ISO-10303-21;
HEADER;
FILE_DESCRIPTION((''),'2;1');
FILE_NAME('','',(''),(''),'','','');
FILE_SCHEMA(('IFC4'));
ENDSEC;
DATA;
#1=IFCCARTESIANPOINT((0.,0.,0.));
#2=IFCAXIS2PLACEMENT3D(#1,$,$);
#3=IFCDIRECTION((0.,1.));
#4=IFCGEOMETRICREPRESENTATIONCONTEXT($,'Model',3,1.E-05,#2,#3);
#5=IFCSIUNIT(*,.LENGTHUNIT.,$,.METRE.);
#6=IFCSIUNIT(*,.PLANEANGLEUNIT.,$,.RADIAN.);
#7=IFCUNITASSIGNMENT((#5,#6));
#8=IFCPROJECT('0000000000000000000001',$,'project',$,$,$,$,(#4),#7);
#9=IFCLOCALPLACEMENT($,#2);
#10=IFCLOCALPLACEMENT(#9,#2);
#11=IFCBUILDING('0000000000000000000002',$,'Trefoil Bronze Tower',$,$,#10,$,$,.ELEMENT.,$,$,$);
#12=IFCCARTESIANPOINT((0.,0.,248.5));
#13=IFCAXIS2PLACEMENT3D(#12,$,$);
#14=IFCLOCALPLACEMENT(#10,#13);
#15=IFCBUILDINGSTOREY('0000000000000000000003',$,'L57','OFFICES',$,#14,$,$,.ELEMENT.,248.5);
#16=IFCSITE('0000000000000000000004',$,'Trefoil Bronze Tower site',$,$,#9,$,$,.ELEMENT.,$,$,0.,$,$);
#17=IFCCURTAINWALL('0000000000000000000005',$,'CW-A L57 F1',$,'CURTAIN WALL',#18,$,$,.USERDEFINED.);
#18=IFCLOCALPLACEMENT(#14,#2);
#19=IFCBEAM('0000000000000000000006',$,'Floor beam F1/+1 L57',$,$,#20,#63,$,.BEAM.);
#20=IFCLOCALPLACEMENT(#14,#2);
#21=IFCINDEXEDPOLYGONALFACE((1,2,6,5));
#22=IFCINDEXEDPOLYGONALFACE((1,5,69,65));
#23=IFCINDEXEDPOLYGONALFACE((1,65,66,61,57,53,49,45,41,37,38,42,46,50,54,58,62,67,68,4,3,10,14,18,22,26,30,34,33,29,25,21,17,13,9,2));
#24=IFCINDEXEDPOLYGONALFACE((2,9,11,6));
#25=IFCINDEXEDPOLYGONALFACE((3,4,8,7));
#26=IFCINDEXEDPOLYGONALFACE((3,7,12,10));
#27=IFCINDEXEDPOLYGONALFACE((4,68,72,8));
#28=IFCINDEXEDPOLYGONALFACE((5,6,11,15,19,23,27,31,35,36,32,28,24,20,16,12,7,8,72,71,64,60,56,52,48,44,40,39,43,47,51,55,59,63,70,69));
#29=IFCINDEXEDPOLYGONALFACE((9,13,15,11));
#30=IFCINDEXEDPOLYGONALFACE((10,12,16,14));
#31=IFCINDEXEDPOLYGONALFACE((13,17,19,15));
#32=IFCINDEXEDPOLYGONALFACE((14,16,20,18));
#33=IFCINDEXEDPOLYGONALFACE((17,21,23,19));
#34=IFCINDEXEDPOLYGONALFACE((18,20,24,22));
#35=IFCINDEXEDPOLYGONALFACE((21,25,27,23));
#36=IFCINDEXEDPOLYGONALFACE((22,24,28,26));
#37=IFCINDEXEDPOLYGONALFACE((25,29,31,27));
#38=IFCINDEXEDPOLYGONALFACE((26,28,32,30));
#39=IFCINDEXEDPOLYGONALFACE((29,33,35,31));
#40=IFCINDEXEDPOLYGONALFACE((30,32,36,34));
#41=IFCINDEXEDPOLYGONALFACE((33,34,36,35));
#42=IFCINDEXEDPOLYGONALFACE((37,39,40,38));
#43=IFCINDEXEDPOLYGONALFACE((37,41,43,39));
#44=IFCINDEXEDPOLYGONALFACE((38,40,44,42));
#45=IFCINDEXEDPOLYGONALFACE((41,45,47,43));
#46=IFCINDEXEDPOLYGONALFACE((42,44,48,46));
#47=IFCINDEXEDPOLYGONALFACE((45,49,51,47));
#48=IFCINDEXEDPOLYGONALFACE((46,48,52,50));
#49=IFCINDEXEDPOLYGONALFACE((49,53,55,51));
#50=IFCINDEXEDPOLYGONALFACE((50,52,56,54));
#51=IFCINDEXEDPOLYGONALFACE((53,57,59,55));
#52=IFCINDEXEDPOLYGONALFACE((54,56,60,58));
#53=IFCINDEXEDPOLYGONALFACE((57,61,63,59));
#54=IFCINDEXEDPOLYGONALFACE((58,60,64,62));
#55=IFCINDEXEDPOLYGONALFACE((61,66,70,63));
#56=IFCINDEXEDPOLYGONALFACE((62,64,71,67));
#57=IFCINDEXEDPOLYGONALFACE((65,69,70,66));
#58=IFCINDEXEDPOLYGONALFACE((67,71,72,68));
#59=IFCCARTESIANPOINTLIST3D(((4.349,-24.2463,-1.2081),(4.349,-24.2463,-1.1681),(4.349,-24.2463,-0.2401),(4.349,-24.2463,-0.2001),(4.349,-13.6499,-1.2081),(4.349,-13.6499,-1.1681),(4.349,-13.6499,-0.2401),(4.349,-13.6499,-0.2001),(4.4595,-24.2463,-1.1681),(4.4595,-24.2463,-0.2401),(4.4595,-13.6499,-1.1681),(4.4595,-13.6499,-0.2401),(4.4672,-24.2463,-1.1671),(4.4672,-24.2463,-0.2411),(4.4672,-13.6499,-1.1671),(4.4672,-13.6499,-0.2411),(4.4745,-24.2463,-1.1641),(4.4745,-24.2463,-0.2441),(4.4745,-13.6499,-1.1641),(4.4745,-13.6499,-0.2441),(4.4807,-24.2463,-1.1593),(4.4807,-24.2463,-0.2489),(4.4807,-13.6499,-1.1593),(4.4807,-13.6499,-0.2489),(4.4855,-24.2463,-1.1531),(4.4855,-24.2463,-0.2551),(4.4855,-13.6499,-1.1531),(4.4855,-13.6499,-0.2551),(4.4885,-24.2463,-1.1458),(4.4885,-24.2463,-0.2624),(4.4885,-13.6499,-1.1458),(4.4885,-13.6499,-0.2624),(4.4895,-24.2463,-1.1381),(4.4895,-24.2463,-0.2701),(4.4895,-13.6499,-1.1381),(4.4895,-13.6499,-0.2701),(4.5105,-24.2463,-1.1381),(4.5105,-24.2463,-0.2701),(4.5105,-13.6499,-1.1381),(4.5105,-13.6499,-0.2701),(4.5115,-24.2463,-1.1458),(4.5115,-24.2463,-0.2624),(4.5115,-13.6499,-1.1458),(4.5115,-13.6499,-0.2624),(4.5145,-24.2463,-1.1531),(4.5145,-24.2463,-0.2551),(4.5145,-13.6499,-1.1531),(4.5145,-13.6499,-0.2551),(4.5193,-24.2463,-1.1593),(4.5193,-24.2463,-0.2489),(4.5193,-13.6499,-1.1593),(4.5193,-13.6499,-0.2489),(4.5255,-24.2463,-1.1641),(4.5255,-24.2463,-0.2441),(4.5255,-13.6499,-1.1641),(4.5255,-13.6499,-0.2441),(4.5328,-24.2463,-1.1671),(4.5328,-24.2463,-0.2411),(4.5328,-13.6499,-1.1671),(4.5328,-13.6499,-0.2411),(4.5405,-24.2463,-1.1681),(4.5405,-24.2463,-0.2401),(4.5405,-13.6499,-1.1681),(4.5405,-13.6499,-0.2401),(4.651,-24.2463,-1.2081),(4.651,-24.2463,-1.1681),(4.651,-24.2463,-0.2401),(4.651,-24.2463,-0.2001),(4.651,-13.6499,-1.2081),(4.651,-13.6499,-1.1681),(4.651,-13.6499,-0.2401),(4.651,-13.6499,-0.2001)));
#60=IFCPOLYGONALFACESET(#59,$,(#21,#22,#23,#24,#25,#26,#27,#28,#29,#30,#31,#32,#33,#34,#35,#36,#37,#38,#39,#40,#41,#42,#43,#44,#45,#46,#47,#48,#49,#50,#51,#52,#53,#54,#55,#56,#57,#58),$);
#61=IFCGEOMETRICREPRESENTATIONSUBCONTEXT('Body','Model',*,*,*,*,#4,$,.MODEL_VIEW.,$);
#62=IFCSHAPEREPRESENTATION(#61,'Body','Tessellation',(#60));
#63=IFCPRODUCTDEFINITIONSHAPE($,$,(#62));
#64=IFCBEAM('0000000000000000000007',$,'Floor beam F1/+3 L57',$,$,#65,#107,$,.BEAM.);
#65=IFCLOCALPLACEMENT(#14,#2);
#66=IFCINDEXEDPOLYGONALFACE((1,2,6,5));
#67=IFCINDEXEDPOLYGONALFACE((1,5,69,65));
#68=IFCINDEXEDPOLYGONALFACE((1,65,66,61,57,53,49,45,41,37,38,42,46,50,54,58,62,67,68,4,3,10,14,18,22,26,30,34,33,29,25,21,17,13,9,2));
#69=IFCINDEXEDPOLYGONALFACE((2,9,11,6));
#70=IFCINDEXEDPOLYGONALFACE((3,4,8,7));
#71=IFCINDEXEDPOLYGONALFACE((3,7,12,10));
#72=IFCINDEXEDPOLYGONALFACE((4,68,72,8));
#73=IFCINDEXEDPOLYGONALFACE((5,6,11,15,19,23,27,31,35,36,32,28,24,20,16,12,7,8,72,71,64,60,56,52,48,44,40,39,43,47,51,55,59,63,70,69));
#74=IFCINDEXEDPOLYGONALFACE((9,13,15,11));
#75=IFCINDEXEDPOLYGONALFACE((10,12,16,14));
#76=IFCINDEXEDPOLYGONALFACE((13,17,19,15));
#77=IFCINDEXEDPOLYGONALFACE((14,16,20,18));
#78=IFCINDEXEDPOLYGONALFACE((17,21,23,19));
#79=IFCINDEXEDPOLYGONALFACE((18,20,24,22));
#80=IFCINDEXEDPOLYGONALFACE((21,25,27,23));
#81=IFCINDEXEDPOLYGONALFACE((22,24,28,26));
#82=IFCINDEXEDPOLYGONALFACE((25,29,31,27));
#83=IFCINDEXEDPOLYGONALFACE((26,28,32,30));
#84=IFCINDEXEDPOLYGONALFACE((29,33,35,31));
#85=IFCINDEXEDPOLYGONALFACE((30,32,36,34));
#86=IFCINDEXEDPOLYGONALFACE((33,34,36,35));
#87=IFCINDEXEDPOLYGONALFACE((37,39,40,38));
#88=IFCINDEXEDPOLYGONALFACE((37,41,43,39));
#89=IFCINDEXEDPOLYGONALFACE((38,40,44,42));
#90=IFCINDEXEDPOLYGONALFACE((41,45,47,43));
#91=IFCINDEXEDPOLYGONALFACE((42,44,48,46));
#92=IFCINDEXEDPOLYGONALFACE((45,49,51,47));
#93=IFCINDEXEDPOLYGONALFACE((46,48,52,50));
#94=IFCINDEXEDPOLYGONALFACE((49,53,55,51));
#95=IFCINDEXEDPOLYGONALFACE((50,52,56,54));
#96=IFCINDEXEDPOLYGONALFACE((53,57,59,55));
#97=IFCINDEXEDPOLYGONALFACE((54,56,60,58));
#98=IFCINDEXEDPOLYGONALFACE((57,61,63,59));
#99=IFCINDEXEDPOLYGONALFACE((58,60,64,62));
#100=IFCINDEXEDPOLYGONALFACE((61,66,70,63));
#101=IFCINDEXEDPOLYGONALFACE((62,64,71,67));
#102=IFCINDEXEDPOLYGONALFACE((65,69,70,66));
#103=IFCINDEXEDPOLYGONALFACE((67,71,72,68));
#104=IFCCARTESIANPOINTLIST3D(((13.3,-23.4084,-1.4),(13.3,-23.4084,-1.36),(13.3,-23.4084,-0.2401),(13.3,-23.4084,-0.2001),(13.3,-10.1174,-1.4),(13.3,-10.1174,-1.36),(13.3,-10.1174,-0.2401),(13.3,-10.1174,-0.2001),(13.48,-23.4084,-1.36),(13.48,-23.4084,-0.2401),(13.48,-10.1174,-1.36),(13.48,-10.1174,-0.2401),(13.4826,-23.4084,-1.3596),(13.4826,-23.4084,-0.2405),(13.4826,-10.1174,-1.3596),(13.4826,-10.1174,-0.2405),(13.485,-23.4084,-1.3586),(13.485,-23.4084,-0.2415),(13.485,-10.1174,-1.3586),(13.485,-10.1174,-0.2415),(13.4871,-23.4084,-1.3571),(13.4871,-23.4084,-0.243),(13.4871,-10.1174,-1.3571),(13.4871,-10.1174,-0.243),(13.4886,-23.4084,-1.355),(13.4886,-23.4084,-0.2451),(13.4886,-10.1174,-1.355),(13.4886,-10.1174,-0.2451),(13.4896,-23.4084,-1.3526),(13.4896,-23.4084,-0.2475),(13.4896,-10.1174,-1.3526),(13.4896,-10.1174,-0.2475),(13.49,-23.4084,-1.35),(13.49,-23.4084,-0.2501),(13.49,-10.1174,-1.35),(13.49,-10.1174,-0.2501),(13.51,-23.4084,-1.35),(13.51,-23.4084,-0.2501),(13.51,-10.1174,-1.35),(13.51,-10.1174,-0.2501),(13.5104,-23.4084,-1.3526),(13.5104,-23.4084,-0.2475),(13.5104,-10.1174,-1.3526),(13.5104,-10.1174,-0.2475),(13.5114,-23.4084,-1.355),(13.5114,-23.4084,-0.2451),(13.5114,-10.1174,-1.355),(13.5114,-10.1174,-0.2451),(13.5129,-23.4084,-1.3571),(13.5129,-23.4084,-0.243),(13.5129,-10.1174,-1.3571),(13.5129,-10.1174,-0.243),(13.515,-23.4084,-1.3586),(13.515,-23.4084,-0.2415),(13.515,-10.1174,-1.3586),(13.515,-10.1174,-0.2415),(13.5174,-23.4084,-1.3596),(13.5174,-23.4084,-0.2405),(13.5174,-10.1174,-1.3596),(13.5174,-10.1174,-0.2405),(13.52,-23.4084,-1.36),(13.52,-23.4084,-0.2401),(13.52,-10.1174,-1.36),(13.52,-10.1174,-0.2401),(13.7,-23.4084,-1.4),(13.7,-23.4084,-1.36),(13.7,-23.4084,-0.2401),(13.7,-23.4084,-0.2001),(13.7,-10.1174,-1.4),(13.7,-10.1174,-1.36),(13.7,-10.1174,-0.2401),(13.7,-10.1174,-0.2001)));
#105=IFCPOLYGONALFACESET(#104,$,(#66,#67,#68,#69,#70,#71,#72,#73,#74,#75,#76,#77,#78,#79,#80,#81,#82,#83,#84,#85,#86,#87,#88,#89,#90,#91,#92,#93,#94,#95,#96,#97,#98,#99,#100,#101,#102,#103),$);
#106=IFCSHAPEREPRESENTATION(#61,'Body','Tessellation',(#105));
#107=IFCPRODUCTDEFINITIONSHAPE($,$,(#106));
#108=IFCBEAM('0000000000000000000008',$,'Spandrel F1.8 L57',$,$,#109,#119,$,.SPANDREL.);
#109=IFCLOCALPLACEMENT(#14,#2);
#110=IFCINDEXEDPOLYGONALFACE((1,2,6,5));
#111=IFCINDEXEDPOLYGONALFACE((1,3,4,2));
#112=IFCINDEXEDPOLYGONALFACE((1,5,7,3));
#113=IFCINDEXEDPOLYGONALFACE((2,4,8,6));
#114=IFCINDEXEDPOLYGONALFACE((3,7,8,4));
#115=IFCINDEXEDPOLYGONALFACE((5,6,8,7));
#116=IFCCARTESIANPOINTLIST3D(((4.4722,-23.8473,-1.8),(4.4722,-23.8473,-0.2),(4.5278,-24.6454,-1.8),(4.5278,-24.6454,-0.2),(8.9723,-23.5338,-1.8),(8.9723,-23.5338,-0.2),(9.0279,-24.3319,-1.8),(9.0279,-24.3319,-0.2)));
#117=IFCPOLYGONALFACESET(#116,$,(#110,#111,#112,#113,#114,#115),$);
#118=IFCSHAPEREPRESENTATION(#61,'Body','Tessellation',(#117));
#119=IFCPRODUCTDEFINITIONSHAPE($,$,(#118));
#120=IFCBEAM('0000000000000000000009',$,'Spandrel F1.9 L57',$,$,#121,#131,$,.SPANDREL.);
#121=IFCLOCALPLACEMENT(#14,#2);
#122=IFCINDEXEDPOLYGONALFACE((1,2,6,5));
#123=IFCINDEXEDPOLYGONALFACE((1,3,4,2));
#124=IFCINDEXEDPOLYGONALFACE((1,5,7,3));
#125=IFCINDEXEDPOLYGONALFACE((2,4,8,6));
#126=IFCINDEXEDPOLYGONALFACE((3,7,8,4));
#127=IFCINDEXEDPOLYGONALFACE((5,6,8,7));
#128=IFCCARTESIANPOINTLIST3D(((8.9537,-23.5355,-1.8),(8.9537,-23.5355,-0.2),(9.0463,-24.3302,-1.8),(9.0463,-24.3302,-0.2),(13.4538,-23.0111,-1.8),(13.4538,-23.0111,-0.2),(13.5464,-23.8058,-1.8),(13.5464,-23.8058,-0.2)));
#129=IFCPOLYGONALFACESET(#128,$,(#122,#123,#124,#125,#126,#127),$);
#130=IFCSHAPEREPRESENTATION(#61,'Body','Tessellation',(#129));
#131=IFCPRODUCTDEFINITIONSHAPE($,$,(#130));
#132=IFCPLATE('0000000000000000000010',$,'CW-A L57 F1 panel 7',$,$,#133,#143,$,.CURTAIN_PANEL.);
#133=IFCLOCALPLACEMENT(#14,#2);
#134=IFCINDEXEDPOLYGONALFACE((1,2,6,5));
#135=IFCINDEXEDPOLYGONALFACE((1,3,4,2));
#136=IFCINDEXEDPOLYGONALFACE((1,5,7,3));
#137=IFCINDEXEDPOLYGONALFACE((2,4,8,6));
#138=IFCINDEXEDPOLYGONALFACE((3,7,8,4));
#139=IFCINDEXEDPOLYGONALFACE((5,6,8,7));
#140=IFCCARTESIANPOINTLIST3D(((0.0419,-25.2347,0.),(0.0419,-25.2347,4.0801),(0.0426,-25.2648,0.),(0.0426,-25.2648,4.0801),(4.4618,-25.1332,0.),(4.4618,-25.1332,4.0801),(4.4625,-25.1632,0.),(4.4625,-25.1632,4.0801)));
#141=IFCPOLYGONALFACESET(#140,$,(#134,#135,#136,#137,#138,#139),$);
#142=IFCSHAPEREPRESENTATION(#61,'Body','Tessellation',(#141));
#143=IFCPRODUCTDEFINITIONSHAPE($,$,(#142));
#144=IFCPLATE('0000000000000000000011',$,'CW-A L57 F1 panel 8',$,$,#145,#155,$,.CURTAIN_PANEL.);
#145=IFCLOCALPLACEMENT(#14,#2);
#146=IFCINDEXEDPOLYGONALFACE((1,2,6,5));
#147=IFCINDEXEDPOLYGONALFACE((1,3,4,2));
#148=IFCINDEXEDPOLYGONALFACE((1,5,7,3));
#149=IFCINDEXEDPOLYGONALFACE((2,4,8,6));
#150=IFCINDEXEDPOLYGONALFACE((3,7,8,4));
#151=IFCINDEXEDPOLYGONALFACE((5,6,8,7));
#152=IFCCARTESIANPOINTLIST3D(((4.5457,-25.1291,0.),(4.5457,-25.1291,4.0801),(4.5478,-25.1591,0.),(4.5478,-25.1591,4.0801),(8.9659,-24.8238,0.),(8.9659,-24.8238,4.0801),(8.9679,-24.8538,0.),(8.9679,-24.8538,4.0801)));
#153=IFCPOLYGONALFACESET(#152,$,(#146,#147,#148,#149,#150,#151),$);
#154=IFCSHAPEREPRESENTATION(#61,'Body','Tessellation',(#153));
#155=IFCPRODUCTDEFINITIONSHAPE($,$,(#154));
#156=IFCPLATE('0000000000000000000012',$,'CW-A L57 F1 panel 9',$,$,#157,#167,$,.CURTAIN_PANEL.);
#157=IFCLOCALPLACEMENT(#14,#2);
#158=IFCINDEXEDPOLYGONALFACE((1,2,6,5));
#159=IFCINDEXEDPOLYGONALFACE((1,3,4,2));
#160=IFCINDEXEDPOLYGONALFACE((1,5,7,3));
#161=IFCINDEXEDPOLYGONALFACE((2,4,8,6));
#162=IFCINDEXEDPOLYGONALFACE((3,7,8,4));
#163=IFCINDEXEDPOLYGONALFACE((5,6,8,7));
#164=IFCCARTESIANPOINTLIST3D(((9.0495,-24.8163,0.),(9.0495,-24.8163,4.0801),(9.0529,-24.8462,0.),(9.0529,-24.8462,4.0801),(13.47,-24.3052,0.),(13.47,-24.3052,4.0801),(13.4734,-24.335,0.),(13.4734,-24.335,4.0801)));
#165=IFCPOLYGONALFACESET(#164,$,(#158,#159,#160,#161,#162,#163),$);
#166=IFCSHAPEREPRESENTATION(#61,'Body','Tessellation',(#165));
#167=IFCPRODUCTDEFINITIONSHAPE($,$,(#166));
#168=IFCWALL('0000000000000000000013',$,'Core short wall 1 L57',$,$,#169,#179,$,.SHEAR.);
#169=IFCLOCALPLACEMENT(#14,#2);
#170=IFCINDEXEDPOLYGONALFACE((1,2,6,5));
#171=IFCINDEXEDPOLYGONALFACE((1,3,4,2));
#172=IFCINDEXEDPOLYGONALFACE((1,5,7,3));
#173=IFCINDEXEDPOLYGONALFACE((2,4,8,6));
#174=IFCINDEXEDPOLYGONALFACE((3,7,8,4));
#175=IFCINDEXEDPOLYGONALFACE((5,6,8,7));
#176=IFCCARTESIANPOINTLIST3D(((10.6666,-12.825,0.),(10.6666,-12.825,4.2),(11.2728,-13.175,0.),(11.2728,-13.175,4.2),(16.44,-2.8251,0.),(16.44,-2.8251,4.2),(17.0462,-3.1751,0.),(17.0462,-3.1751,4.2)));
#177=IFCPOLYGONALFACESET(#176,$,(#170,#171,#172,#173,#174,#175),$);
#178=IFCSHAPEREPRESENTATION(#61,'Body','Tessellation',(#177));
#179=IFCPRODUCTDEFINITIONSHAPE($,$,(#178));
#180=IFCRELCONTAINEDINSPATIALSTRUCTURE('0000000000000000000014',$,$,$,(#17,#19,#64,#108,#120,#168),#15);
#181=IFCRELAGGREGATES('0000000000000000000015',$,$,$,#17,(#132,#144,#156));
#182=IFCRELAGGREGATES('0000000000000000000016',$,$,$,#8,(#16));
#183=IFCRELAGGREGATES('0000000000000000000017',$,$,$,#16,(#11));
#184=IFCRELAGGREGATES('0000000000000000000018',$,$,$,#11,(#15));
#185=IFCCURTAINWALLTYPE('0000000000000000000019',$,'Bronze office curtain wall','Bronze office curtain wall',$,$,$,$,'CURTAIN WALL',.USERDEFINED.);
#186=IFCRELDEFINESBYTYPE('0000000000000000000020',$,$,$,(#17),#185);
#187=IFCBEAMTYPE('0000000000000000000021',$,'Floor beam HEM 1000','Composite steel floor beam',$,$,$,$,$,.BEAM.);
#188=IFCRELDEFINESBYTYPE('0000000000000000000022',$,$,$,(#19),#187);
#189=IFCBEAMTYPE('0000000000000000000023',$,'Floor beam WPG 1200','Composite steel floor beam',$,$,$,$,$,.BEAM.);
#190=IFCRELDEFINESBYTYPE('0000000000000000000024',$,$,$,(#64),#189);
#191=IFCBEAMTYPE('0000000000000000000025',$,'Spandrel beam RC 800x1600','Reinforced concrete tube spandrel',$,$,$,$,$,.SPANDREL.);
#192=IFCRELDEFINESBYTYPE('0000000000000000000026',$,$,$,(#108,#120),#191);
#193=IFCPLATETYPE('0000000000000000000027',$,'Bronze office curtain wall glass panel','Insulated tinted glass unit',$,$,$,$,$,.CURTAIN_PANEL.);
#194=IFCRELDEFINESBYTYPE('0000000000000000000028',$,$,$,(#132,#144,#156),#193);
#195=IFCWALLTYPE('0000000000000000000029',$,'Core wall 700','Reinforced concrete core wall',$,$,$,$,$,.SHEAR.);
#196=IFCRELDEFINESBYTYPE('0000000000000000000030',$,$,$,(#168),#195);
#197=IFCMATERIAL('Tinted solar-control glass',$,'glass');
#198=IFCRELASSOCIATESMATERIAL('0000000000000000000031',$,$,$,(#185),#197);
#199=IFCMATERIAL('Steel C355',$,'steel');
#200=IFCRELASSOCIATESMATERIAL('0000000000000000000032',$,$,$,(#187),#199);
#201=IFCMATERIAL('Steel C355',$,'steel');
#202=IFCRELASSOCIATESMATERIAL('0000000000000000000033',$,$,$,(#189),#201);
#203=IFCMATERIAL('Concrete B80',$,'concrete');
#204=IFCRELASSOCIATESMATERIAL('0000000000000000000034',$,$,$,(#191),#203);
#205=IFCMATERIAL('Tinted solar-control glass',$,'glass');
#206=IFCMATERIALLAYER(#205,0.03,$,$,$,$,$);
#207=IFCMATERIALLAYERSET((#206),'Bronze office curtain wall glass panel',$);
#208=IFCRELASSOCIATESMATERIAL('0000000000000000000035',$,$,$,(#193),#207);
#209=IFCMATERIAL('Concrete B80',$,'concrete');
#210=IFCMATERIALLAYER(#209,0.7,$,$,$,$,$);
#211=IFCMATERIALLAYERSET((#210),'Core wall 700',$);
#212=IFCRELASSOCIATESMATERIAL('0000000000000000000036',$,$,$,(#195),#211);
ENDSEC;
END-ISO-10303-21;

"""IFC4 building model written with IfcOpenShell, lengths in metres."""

from ifc_helpers import new_model, si_unit, direction, frame, frame_2d, origin, origin_2d, place, context, subcontext, project, spatial, rectangle, i_section, extrude, material, layer, layer_set, material_profile, profile_set, type_object, element, aggregate, save


model = new_model("IFC4")

# Units and contexts
model_context = context("Model", 3, precision=1e-05, world=origin(), true_north=direction((0.0, 1.0)))
body_context = subcontext(model_context, "Body", "Model", "MODEL_VIEW")
ifc_project = project(units=[si_unit("LENGTHUNIT", "METRE"), si_unit("PLANEANGLEUNIT", "RADIAN")], contexts=[model_context])

# Site, building, storey
site_placement = place(None, origin())
site = spatial("IfcSite", under=ifc_project, at=site_placement, Name="Trefoil Bronze Tower site", CompositionType="ELEMENT", RefElevation=0.0)
building_placement = place(site_placement, origin())
building = spatial("IfcBuilding", under=site, at=building_placement, Name="Trefoil Bronze Tower", CompositionType="ELEMENT")
storey_placement = place(building_placement, frame((0.0, 0.0, 248.5)))
storey = spatial("IfcBuildingStorey", under=building, at=storey_placement, Name="L57", Description="OFFICES", CompositionType="ELEMENT", Elevation=248.5)

# Curtain wall
ifc_material_1 = material(Name="Tinted solar-control glass", Category="glass")
curtain_wall_type = type_object("IfcCurtainWallType", Name="Bronze office curtain wall", Description="Bronze office curtain wall", ElementType="CURTAIN WALL", PredefinedType="USERDEFINED", material=ifc_material_1)
curtain_wall_placement = place(storey_placement, origin())
curtain_wall = element("IfcCurtainWall", 1, at=curtain_wall_placement, inside=storey, type_object=curtain_wall_type, Name="CW-A L57 F1", ObjectType="CURTAIN WALL", PredefinedType="USERDEFINED")

# Beams
ifc_material_2 = material(Name="Steel C355", Category="steel")
ifc_material_profile_1 = material_profile(ifc_material_2, i_section(OverallWidth=0.302, OverallDepth=1.0081, WebThickness=0.021, FlangeThickness=0.04, FilletRadius=0.03, at=origin_2d()), Name="HEM 1000")
ifc_profile_set_1 = profile_set([ifc_material_profile_1], Name="Steel C355")
beam_type_1 = type_object("IfcBeamType", Name="Floor beam HEM 1000", Description="Composite steel floor beam", PredefinedType="BEAM", material=ifc_profile_set_1)
beam_1_placement = place(storey_placement, frame((4.5, -24.2463, -0.7041), z_axis=(0.0, 1.0, 0.0), x_axis=(-1.0, 0.0, 0.0)))
element("IfcBeam", 2, at=beam_1_placement, inside=storey, type_object=beam_type_1, Name="Floor beam F1/+1 L57", PredefinedType="BEAM", context=body_context, shape_type="SweptSolid", body=[
    extrude(i_section(OverallWidth=0.302, OverallDepth=1.0081, WebThickness=0.021, FlangeThickness=0.04, FilletRadius=0.03, at=origin_2d()), origin(), (0.0, 0.0, 1.0), 10.5964),
])
ifc_material_3 = material(Name="Steel C355", Category="steel")
ifc_material_profile_2 = material_profile(ifc_material_3, i_section(OverallWidth=0.3999, OverallDepth=1.2, WebThickness=0.02, FlangeThickness=0.04, FilletRadius=0.01, at=origin_2d()), Name="WPG 1200")
ifc_profile_set_2 = profile_set([ifc_material_profile_2], Name="Steel C355")
beam_type_2 = type_object("IfcBeamType", Name="Floor beam WPG 1200", Description="Composite steel floor beam", PredefinedType="BEAM", material=ifc_profile_set_2)
beam_2_placement = place(storey_placement, frame((13.5, -23.4084, -0.8), z_axis=(0.0, 1.0, 0.0), x_axis=(-1.0, 0.0, 0.0)))
element("IfcBeam", 3, at=beam_2_placement, inside=storey, type_object=beam_type_2, Name="Floor beam F1/+3 L57", PredefinedType="BEAM", context=body_context, shape_type="SweptSolid", body=[
    extrude(i_section(OverallWidth=0.3999, OverallDepth=1.2, WebThickness=0.02, FlangeThickness=0.04, FilletRadius=0.01, at=origin_2d()), origin(), (0.0, 0.0, 1.0), 13.291),
])
ifc_material_4 = material(Name="Concrete B80", Category="concrete")
ifc_material_profile_3 = material_profile(ifc_material_4, rectangle(XDim=0.8, YDim=1.6001, at=origin_2d()), Name="RC 800x1600")
ifc_profile_set_3 = profile_set([ifc_material_profile_3], Name="Concrete B80")
beam_type_3 = type_object("IfcBeamType", Name="Spandrel beam RC 800x1600", Description="Reinforced concrete tube spandrel", PredefinedType="SPANDREL", material=ifc_profile_set_3)
beam_3_placement = place(storey_placement, frame((4.5, -24.2463, -1.0), z_axis=(0.997582, 0.069493, 0.0), x_axis=(-0.069493, 0.997582, 0.0)))
element("IfcBeam", 4, at=beam_3_placement, inside=storey, type_object=beam_type_3, Name="Spandrel F1.8 L57", PredefinedType="SPANDREL", context=body_context, shape_type="SweptSolid", body=[
    extrude(rectangle(XDim=0.8, YDim=1.6001, at=origin_2d()), origin(), (0.0, 0.0, 1.0), 4.511),
])
beam_4_placement = place(storey_placement, frame((9.0, -23.9329, -1.0), z_axis=(0.993278, 0.115753, 0.0), x_axis=(-0.115753, 0.993278, 0.0)))
element("IfcBeam", 5, at=beam_4_placement, inside=storey, type_object=beam_type_3, Name="Spandrel F1.9 L57", PredefinedType="SPANDREL", context=body_context, shape_type="SweptSolid", body=[
    extrude(rectangle(XDim=0.8, YDim=1.6001, at=origin_2d()), origin(), (0.0, 0.0, 1.0), 4.5305),
])

# Plates
ifc_material_5 = material(Name="Tinted solar-control glass", Category="glass")
ifc_layer_1 = layer(ifc_material_5, 0.03)
ifc_layer_set_1 = layer_set([ifc_layer_1], Name="Bronze office curtain wall glass panel")
plate_type = type_object("IfcPlateType", Name="Bronze office curtain wall glass panel", Description="Insulated tinted glass unit", PredefinedType="CURTAIN_PANEL", material=ifc_layer_set_1)
plate_1_placement = place(storey_placement, frame((2.2522, -25.199, 0.0), z_axis=(0.0, 0.0, 1.0), x_axis=(0.999736, 0.022972, 0.0)))
plate_1 = element("IfcPlate", 6, at=plate_1_placement, type_object=plate_type, Name="CW-A L57 F1 panel 7", PredefinedType="CURTAIN_PANEL", context=body_context, shape_type="SweptSolid", body=[
    extrude(rectangle(XDim=4.4211, YDim=0.03, at=origin_2d()), origin(), (0.0, 0.0, 1.0), 4.0801),
])
plate_2_placement = place(storey_placement, frame((6.7568, -24.9915, 0.0), z_axis=(0.0, 0.0, 1.0), x_axis=(0.997623, 0.068915, 0.0)))
plate_2 = element("IfcPlate", 7, at=plate_2_placement, type_object=plate_type, Name="CW-A L57 F1 panel 8", PredefinedType="CURTAIN_PANEL", context=body_context, shape_type="SweptSolid", body=[
    extrude(rectangle(XDim=4.4307, YDim=0.03, at=origin_2d()), origin(), (0.0, 0.0, 1.0), 4.0801),
])
plate_3_placement = place(storey_placement, frame((11.2615, -24.5757, 0.0), z_axis=(0.0, 0.0, 1.0), x_axis=(0.993382, 0.114859, 0.0)))
plate_3 = element("IfcPlate", 8, at=plate_3_placement, type_object=plate_type, Name="CW-A L57 F1 panel 9", PredefinedType="CURTAIN_PANEL", context=body_context, shape_type="SweptSolid", body=[
    extrude(rectangle(XDim=4.45, YDim=0.03, at=origin_2d()), origin(), (0.0, 0.0, 1.0), 4.0801),
])
aggregate(curtain_wall, [plate_1, plate_2, plate_3])

# Wall
ifc_material_6 = material(Name="Concrete B80", Category="concrete")
ifc_layer_2 = layer(ifc_material_6, 0.7)
ifc_layer_set_2 = layer_set([ifc_layer_2], Name="Core wall 700")
wall_type_1 = type_object("IfcWallType", Name="Core wall 700", Description="Reinforced concrete core wall", PredefinedType="SHEAR", material=ifc_layer_set_2)
wall_1_placement = place(storey_placement, frame((10.9697, -13.0, 0.0), z_axis=(0.0, 0.0, 1.0), x_axis=(0.499996, 0.866028, 0.0)))
element("IfcWall", 9, at=wall_1_placement, inside=storey, type_object=wall_type_1, Name="Core short wall 1 L57", PredefinedType="SHEAR", context=body_context, shape_type="SweptSolid", body=[
    extrude(rectangle(XDim=11.5469, YDim=0.7, at=frame_2d((5.7734, 0.0))), origin(), (0.0, 0.0, 1.0), 4.2),
])

save(model, "model.ifc")
